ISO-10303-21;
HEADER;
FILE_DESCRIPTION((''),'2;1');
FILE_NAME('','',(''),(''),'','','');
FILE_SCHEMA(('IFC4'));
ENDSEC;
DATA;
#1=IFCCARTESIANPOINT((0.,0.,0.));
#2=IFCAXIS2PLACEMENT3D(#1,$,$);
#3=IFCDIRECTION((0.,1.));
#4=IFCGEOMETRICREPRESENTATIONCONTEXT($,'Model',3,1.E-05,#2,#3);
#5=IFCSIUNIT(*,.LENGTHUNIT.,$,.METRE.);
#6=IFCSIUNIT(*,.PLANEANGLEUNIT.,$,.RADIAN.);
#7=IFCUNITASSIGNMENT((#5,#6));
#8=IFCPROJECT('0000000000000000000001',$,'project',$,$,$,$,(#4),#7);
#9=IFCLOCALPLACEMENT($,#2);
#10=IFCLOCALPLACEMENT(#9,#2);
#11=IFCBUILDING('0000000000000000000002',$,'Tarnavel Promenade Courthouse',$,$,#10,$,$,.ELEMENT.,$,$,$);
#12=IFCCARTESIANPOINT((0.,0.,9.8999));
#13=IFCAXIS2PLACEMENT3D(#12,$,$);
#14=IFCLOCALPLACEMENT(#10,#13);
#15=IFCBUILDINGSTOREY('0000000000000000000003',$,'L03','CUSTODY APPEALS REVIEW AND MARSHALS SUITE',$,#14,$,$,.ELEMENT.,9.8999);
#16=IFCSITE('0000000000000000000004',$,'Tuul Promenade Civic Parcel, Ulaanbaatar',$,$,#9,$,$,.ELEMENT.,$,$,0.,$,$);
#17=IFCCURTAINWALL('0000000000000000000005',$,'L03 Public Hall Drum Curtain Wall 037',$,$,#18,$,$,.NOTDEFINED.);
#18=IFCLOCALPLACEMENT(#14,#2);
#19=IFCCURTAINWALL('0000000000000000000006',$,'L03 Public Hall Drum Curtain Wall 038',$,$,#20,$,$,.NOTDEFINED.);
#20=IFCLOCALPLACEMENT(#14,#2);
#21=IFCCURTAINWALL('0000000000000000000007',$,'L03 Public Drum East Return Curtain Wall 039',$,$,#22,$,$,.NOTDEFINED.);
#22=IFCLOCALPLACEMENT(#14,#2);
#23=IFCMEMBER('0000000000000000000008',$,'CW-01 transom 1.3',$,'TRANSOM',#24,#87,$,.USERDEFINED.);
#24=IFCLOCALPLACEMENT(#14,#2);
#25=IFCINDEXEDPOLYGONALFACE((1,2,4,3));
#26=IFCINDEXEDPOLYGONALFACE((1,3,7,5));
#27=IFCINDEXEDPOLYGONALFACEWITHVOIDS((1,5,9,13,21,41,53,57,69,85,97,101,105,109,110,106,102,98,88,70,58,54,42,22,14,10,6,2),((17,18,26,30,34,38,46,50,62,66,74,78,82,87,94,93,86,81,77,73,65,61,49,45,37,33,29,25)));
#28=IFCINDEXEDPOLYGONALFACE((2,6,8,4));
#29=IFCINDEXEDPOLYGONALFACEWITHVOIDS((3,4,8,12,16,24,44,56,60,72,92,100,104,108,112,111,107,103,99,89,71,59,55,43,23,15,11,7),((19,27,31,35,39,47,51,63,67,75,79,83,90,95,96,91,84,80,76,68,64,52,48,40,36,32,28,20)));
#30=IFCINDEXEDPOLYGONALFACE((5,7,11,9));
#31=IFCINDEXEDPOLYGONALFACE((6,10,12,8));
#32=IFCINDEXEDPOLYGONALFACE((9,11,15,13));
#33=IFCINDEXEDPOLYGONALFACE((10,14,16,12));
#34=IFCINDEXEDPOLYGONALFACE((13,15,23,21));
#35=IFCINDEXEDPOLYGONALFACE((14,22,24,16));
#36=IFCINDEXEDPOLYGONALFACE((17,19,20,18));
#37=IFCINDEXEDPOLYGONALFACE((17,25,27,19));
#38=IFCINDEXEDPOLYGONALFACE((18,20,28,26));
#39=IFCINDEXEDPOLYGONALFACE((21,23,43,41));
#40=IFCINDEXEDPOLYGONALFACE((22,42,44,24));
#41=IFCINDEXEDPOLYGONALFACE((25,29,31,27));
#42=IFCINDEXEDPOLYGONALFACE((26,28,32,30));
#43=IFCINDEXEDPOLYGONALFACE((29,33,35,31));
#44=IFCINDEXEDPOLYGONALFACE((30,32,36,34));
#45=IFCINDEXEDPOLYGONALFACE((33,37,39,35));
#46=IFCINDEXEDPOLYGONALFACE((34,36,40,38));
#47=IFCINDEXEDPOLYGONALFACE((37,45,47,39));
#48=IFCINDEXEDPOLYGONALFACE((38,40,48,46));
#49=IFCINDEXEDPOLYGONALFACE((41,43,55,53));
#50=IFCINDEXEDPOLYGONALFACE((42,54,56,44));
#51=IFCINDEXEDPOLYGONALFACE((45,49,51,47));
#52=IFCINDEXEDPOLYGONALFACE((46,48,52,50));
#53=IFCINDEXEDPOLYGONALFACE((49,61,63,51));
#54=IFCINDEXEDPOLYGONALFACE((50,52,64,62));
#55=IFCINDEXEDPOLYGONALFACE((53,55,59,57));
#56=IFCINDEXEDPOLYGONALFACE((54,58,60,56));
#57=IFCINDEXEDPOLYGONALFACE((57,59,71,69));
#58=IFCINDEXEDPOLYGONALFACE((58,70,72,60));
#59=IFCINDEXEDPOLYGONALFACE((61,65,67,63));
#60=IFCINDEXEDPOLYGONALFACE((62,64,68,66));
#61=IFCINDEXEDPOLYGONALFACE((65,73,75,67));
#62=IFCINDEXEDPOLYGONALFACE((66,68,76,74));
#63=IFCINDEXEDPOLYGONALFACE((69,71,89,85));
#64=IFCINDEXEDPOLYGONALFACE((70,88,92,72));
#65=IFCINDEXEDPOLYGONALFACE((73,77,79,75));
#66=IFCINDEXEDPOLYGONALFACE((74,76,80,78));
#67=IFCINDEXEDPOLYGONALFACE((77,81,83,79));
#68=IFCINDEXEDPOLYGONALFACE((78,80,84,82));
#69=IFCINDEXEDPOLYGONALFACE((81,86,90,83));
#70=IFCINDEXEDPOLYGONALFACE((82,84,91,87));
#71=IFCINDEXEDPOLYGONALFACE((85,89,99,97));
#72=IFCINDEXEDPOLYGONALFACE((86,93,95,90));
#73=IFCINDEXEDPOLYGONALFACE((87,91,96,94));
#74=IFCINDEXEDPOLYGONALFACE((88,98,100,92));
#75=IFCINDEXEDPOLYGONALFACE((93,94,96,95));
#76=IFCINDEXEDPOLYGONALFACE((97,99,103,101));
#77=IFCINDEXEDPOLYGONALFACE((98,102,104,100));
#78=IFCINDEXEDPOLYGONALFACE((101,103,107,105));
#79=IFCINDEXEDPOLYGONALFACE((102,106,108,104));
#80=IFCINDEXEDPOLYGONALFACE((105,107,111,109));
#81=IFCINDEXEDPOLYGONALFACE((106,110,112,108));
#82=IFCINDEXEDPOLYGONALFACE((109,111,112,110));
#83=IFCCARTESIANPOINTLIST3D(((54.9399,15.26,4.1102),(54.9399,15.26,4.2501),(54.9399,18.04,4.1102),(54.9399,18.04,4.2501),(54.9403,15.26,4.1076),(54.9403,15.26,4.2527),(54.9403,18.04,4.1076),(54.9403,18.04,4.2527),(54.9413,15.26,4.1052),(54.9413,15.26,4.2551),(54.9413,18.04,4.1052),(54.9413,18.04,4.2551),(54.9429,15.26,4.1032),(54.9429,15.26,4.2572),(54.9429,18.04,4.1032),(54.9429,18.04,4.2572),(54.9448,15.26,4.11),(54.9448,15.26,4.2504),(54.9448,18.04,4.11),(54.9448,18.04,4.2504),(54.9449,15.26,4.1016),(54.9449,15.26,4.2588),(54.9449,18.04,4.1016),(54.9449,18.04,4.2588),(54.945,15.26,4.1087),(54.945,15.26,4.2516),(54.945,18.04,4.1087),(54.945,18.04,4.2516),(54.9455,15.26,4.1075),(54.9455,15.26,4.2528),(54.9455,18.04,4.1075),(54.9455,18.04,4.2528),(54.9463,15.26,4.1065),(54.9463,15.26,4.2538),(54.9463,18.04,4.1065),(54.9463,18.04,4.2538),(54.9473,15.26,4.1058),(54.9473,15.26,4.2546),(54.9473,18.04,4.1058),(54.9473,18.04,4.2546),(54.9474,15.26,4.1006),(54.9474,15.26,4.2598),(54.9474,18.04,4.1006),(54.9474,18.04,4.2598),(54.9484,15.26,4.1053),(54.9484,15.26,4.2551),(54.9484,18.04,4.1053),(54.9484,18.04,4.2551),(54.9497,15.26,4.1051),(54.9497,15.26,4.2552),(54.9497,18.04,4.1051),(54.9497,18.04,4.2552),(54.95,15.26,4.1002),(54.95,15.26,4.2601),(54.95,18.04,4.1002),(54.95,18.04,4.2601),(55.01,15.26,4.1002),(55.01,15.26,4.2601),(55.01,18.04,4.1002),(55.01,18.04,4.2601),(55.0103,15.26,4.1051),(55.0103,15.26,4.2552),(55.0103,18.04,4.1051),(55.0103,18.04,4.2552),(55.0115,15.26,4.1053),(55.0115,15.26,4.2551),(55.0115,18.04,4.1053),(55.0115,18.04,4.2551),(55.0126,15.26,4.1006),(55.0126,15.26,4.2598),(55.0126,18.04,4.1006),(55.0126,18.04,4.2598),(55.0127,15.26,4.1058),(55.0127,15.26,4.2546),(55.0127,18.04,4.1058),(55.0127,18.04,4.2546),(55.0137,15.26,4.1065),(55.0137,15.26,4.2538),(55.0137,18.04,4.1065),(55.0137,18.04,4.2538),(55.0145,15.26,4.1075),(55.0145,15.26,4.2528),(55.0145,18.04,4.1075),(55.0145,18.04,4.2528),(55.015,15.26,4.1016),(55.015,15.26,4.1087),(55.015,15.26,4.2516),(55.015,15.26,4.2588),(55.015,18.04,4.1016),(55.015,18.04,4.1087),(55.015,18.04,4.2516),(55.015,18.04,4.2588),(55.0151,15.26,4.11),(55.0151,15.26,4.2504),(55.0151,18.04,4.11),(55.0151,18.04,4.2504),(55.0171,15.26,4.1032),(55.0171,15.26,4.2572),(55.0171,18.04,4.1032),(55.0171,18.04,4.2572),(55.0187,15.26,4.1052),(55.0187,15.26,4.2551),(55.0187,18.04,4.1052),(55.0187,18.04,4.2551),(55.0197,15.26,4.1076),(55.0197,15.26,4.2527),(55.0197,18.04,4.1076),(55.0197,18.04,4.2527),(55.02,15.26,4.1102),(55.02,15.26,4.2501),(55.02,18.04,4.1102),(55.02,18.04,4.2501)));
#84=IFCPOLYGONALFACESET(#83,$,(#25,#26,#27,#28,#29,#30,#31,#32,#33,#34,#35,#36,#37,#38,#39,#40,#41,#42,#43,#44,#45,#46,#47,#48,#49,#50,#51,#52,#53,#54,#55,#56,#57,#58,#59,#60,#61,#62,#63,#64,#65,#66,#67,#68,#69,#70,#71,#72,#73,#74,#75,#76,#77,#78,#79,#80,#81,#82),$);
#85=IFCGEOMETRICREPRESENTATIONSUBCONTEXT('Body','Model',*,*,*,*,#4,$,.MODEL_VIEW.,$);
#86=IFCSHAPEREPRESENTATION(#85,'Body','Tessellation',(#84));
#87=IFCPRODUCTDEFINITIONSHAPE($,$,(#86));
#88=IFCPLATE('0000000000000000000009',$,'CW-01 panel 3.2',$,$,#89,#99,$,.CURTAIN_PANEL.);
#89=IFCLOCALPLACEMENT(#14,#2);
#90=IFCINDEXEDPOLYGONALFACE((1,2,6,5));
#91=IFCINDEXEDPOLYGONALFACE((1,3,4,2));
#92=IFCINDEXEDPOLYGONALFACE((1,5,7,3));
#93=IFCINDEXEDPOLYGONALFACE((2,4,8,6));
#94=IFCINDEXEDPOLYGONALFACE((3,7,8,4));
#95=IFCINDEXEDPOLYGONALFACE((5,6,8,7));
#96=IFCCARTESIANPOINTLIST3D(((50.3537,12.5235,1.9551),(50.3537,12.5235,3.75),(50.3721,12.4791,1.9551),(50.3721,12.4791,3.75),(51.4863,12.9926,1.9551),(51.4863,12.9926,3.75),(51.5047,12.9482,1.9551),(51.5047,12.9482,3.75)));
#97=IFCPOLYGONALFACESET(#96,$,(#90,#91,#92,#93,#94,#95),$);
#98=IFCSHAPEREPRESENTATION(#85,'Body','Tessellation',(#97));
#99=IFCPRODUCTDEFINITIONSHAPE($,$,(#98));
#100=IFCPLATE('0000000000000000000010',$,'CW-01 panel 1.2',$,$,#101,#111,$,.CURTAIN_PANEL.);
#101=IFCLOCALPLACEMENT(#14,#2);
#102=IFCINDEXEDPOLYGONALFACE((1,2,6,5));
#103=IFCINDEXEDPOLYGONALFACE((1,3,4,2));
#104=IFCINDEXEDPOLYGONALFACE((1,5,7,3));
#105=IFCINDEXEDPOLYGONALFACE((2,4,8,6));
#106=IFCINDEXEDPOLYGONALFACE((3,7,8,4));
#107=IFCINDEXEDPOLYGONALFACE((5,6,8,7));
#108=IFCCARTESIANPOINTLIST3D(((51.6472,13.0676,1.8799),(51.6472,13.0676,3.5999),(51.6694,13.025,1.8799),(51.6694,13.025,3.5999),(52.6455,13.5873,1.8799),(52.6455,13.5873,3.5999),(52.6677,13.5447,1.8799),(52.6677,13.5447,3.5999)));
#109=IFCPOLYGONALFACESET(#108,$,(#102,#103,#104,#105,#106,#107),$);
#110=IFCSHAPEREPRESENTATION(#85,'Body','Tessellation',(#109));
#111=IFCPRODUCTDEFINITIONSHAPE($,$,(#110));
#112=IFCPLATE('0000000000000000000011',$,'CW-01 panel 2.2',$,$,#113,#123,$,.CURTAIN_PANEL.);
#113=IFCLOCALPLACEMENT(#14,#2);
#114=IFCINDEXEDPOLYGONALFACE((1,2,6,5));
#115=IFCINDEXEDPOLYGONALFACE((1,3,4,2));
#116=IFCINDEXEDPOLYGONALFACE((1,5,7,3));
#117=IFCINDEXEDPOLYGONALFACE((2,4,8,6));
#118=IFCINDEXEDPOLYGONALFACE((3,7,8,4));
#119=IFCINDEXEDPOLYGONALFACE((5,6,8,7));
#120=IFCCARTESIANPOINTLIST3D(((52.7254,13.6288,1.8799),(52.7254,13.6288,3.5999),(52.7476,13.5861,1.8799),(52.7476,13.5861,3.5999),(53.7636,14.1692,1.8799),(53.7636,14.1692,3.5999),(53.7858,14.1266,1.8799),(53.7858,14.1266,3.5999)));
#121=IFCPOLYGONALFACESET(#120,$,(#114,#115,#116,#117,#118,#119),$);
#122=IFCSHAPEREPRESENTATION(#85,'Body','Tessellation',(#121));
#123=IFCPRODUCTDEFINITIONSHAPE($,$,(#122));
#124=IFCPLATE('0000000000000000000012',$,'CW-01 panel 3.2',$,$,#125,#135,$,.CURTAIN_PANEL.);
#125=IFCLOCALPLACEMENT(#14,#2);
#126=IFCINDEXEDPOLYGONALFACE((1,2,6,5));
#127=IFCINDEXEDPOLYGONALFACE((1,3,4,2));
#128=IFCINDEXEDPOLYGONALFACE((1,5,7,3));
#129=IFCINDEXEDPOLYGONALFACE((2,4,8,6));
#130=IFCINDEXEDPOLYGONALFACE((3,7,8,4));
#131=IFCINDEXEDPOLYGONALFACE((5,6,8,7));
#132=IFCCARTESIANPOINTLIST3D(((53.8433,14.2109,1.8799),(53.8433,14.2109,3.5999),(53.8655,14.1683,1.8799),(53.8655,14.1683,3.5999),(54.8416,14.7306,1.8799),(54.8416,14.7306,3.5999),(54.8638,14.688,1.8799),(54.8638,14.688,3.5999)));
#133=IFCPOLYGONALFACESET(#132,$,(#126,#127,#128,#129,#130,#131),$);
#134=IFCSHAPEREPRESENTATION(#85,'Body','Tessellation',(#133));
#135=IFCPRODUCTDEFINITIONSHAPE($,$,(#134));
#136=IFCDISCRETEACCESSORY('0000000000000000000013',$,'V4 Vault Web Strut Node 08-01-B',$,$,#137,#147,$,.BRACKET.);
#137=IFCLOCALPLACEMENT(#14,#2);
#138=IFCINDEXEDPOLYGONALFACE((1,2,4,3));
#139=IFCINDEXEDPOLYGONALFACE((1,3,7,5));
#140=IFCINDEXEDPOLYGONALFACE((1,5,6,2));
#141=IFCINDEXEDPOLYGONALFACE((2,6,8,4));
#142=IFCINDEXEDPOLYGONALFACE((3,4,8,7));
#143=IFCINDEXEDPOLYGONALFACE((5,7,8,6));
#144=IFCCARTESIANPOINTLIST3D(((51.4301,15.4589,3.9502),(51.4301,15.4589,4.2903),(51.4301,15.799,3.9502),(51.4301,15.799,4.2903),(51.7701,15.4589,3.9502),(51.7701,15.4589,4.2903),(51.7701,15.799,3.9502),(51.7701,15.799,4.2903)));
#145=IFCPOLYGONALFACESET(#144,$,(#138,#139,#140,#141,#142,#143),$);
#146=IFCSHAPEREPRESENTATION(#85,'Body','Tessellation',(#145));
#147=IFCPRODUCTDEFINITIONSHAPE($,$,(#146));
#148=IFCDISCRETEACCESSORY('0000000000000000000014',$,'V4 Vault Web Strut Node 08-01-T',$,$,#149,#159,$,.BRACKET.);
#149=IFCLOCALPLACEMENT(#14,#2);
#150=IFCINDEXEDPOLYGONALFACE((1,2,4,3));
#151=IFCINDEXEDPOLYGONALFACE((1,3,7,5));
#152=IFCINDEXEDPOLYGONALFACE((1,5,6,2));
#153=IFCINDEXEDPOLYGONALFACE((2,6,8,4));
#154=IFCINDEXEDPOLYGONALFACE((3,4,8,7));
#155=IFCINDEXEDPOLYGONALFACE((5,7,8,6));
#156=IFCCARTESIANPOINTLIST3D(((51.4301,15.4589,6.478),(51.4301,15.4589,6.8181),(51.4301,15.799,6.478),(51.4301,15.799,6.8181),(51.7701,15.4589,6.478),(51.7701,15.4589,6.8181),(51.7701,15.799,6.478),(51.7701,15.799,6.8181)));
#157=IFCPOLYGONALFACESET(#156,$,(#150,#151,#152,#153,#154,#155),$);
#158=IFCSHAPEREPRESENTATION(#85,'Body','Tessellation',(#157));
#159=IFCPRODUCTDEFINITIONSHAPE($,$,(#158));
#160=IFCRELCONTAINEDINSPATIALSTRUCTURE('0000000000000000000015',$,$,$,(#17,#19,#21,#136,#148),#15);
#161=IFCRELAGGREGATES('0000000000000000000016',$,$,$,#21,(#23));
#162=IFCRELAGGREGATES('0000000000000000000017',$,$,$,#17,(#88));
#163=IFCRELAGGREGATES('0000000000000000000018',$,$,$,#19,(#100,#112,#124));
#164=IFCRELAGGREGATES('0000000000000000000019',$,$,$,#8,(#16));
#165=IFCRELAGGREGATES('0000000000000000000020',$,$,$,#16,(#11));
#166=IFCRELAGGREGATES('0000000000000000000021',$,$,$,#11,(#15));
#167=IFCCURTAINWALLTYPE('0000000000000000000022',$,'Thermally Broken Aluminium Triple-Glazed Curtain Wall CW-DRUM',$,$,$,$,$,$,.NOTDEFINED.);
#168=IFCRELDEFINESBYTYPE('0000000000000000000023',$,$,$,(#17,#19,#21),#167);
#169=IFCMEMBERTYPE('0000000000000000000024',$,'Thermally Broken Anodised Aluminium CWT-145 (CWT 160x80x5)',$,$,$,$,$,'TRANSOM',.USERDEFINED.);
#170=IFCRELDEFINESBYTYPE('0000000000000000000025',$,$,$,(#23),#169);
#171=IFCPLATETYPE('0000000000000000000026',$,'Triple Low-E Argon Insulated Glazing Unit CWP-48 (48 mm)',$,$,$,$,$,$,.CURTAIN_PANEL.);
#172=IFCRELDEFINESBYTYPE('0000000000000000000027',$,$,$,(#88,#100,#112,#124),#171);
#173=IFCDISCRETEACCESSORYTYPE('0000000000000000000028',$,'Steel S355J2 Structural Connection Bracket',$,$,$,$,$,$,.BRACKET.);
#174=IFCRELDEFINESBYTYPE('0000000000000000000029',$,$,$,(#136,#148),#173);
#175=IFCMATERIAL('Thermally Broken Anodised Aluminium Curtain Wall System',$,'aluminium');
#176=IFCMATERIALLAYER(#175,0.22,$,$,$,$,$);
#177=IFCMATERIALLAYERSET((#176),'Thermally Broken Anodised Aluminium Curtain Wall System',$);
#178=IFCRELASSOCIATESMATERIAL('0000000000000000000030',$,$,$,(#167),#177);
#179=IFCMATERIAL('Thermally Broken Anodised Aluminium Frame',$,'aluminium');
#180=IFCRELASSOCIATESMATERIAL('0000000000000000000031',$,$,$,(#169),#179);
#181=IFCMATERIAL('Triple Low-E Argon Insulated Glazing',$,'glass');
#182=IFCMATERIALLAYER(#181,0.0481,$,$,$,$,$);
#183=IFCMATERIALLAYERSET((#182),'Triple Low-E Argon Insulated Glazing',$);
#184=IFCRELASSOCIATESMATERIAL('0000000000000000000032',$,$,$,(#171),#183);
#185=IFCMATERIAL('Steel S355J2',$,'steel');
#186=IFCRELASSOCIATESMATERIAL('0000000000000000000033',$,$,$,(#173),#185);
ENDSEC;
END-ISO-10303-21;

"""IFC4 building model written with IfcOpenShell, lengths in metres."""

from ifc_helpers import new_model, si_unit, direction, frame, origin, origin_2d, place, context, subcontext, project, spatial, rectangle, hollow_rectangle, extrude, material, layer, layer_set, material_profile, profile_set, type_object, element, aggregate, save


model = new_model("IFC4")

# Units and contexts
model_context = context("Model", 3, precision=1e-05, world=origin(), true_north=direction((0.0, 1.0)))
body_context = subcontext(model_context, "Body", "Model", "MODEL_VIEW")
ifc_project = project(units=[si_unit("LENGTHUNIT", "METRE"), si_unit("PLANEANGLEUNIT", "RADIAN")], contexts=[model_context])

# Site, building, storey
site_placement = place(None, origin())
site = spatial("IfcSite", under=ifc_project, at=site_placement, Name="Tuul Promenade Civic Parcel, Ulaanbaatar", CompositionType="ELEMENT", RefElevation=0.0)
building_placement = place(site_placement, origin())
building = spatial("IfcBuilding", under=site, at=building_placement, Name="Tarnavel Promenade Courthouse", CompositionType="ELEMENT")
storey_placement = place(building_placement, frame((0.0, 0.0, 9.8999)))
storey = spatial("IfcBuildingStorey", under=building, at=storey_placement, Name="L03", Description="CUSTODY APPEALS REVIEW AND MARSHALS SUITE", CompositionType="ELEMENT", Elevation=9.8999)

# Shared definitions
ifc_material_1 = material(Name="Steel S355J2", Category="steel")

# Curtain walls, member
ifc_material_2 = material(Name="Thermally Broken Anodised Aluminium Curtain Wall System", Category="aluminium")
ifc_layer_1 = layer(ifc_material_2, 0.22)
ifc_layer_set_1 = layer_set([ifc_layer_1], Name="Thermally Broken Anodised Aluminium Curtain Wall System")
curtain_wall_type = type_object("IfcCurtainWallType", Name="Thermally Broken Aluminium Triple-Glazed Curtain Wall CW-DRUM", PredefinedType="NOTDEFINED", material=ifc_layer_set_1)
curtain_wall_1_placement = place(storey_placement, origin())
curtain_wall_1 = element("IfcCurtainWall", 1, at=curtain_wall_1_placement, inside=storey, type_object=curtain_wall_type, Name="L03 Public Hall Drum Curtain Wall 037", PredefinedType="NOTDEFINED")
ifc_material_3 = material(Name="Thermally Broken Anodised Aluminium Frame", Category="aluminium")
ifc_material_profile_1 = material_profile(ifc_material_3, hollow_rectangle(XDim=0.0801, YDim=0.1599, WallThickness=0.0049, InnerFilletRadius=0.0049, OuterFilletRadius=0.01, at=origin_2d()), Name="CWT 160x80x5")
ifc_profile_set_1 = profile_set([ifc_material_profile_1], Name="Thermally Broken Anodised Aluminium Frame")
member_type_1 = type_object("IfcMemberType", Name="Thermally Broken Anodised Aluminium CWT-145 (CWT 160x80x5)", ElementType="TRANSOM", PredefinedType="USERDEFINED", material=ifc_profile_set_1)
curtain_wall_2_placement = place(storey_placement, origin())
curtain_wall_2 = element("IfcCurtainWall", 2, at=curtain_wall_2_placement, inside=storey, type_object=curtain_wall_type, Name="L03 Public Hall Drum Curtain Wall 038", PredefinedType="NOTDEFINED")
curtain_wall_3_placement = place(storey_placement, origin())
curtain_wall_3 = element("IfcCurtainWall", 3, at=curtain_wall_3_placement, inside=storey, type_object=curtain_wall_type, Name="L03 Public Drum East Return Curtain Wall 039", PredefinedType="NOTDEFINED")
member_1_placement = place(storey_placement, frame((54.98, 15.26, 4.1802), z_axis=(0.0, 1.0, 0.0), x_axis=(-1.0, 0.0, 0.0)))
member_1 = element("IfcMember", 4, at=member_1_placement, type_object=member_type_1, Name="CW-01 transom 1.3", ObjectType="TRANSOM", PredefinedType="USERDEFINED", context=body_context, shape_type="SweptSolid", body=[
    extrude(hollow_rectangle(XDim=0.0801, YDim=0.1599, WallThickness=0.0049, InnerFilletRadius=0.0049, OuterFilletRadius=0.01, at=origin_2d()), origin(), (0.0, 0.0, 1.0), 2.78),
])
aggregate(curtain_wall_3, [member_1])

# Plates
ifc_material_4 = material(Name="Triple Low-E Argon Insulated Glazing", Category="glass")
ifc_layer_2 = layer(ifc_material_4, 0.0481)
ifc_layer_set_2 = layer_set([ifc_layer_2], Name="Triple Low-E Argon Insulated Glazing")
plate_type = type_object("IfcPlateType", Name="Triple Low-E Argon Insulated Glazing Unit CWP-48 (48 mm)", PredefinedType="CURTAIN_PANEL", material=ifc_layer_set_2)
plate_1_placement = place(storey_placement, frame((50.9292, 12.7358, 1.9551), z_axis=(0.0, 0.0, 1.0), x_axis=(0.923879, 0.382685, 0.0)))
plate_1 = element("IfcPlate", 5, at=plate_1_placement, type_object=plate_type, Name="CW-01 panel 3.2", PredefinedType="CURTAIN_PANEL", context=body_context, shape_type="SweptSolid", body=[
    extrude(rectangle(XDim=1.2258, YDim=0.0481, at=origin_2d()), origin(), (0.0, 0.0, 1.0), 1.7949),
])
aggregate(curtain_wall_1, [plate_1])
plate_2_placement = place(storey_placement, frame((52.1575, 13.3062, 1.8799), z_axis=(0.0, 0.0, 1.0), x_axis=(0.887011, 0.461747, 0.0)))
plate_2 = element("IfcPlate", 6, at=plate_2_placement, type_object=plate_type, Name="CW-01 panel 1.2", PredefinedType="CURTAIN_PANEL", context=body_context, shape_type="SweptSolid", body=[
    extrude(rectangle(XDim=1.1255, YDim=0.0481, at=origin_2d()), origin(), (0.0, 0.0, 1.0), 1.72),
])
plate_3_placement = place(storey_placement, frame((53.2556, 13.8777, 1.8799), z_axis=(0.0, 0.0, 1.0), x_axis=(0.887011, 0.461747, 0.0)))
plate_3 = element("IfcPlate", 7, at=plate_3_placement, type_object=plate_type, Name="CW-01 panel 2.2", PredefinedType="CURTAIN_PANEL", context=body_context, shape_type="SweptSolid", body=[
    extrude(rectangle(XDim=1.1704, YDim=0.0481, at=origin_2d()), origin(), (0.0, 0.0, 1.0), 1.72),
])
plate_4_placement = place(storey_placement, frame((54.3535, 14.4495, 1.8799), z_axis=(0.0, 0.0, 1.0), x_axis=(0.887011, 0.461747, 0.0)))
plate_4 = element("IfcPlate", 8, at=plate_4_placement, type_object=plate_type, Name="CW-01 panel 3.2", PredefinedType="CURTAIN_PANEL", context=body_context, shape_type="SweptSolid", body=[
    extrude(rectangle(XDim=1.1255, YDim=0.0481, at=origin_2d()), origin(), (0.0, 0.0, 1.0), 1.72),
])
aggregate(curtain_wall_2, [plate_2, plate_3, plate_4])

# Discrete accessories
discrete_accessory_type = type_object("IfcDiscreteAccessoryType", Name="Steel S355J2 Structural Connection Bracket", PredefinedType="BRACKET", material=ifc_material_1)
for number, where, z_axis, x_axis, name in (
    (9, (51.6001, 15.6289, 3.9502), (0.0, 0.0, 1.0), (1.0, 0.0, 0.0), "V4 Vault Web Strut Node 08-01-B"),
    (10, (51.6001, 15.6289, 6.478), (0.0, 0.0, 1.0), (1.0, 0.0, 0.0), "V4 Vault Web Strut Node 08-01-T"),
):
    element("IfcDiscreteAccessory", number, at=place(storey_placement, frame(where, z_axis=z_axis, x_axis=x_axis)), inside=storey, type_object=discrete_accessory_type, Name=name, PredefinedType="BRACKET", context=body_context, shape_type="SweptSolid", body=[
        extrude(rectangle(XDim=0.3401, YDim=0.3401, at=origin_2d()), origin(), (0.0, 0.0, 1.0), 0.3401),
    ])

save(model, "model.ifc")
